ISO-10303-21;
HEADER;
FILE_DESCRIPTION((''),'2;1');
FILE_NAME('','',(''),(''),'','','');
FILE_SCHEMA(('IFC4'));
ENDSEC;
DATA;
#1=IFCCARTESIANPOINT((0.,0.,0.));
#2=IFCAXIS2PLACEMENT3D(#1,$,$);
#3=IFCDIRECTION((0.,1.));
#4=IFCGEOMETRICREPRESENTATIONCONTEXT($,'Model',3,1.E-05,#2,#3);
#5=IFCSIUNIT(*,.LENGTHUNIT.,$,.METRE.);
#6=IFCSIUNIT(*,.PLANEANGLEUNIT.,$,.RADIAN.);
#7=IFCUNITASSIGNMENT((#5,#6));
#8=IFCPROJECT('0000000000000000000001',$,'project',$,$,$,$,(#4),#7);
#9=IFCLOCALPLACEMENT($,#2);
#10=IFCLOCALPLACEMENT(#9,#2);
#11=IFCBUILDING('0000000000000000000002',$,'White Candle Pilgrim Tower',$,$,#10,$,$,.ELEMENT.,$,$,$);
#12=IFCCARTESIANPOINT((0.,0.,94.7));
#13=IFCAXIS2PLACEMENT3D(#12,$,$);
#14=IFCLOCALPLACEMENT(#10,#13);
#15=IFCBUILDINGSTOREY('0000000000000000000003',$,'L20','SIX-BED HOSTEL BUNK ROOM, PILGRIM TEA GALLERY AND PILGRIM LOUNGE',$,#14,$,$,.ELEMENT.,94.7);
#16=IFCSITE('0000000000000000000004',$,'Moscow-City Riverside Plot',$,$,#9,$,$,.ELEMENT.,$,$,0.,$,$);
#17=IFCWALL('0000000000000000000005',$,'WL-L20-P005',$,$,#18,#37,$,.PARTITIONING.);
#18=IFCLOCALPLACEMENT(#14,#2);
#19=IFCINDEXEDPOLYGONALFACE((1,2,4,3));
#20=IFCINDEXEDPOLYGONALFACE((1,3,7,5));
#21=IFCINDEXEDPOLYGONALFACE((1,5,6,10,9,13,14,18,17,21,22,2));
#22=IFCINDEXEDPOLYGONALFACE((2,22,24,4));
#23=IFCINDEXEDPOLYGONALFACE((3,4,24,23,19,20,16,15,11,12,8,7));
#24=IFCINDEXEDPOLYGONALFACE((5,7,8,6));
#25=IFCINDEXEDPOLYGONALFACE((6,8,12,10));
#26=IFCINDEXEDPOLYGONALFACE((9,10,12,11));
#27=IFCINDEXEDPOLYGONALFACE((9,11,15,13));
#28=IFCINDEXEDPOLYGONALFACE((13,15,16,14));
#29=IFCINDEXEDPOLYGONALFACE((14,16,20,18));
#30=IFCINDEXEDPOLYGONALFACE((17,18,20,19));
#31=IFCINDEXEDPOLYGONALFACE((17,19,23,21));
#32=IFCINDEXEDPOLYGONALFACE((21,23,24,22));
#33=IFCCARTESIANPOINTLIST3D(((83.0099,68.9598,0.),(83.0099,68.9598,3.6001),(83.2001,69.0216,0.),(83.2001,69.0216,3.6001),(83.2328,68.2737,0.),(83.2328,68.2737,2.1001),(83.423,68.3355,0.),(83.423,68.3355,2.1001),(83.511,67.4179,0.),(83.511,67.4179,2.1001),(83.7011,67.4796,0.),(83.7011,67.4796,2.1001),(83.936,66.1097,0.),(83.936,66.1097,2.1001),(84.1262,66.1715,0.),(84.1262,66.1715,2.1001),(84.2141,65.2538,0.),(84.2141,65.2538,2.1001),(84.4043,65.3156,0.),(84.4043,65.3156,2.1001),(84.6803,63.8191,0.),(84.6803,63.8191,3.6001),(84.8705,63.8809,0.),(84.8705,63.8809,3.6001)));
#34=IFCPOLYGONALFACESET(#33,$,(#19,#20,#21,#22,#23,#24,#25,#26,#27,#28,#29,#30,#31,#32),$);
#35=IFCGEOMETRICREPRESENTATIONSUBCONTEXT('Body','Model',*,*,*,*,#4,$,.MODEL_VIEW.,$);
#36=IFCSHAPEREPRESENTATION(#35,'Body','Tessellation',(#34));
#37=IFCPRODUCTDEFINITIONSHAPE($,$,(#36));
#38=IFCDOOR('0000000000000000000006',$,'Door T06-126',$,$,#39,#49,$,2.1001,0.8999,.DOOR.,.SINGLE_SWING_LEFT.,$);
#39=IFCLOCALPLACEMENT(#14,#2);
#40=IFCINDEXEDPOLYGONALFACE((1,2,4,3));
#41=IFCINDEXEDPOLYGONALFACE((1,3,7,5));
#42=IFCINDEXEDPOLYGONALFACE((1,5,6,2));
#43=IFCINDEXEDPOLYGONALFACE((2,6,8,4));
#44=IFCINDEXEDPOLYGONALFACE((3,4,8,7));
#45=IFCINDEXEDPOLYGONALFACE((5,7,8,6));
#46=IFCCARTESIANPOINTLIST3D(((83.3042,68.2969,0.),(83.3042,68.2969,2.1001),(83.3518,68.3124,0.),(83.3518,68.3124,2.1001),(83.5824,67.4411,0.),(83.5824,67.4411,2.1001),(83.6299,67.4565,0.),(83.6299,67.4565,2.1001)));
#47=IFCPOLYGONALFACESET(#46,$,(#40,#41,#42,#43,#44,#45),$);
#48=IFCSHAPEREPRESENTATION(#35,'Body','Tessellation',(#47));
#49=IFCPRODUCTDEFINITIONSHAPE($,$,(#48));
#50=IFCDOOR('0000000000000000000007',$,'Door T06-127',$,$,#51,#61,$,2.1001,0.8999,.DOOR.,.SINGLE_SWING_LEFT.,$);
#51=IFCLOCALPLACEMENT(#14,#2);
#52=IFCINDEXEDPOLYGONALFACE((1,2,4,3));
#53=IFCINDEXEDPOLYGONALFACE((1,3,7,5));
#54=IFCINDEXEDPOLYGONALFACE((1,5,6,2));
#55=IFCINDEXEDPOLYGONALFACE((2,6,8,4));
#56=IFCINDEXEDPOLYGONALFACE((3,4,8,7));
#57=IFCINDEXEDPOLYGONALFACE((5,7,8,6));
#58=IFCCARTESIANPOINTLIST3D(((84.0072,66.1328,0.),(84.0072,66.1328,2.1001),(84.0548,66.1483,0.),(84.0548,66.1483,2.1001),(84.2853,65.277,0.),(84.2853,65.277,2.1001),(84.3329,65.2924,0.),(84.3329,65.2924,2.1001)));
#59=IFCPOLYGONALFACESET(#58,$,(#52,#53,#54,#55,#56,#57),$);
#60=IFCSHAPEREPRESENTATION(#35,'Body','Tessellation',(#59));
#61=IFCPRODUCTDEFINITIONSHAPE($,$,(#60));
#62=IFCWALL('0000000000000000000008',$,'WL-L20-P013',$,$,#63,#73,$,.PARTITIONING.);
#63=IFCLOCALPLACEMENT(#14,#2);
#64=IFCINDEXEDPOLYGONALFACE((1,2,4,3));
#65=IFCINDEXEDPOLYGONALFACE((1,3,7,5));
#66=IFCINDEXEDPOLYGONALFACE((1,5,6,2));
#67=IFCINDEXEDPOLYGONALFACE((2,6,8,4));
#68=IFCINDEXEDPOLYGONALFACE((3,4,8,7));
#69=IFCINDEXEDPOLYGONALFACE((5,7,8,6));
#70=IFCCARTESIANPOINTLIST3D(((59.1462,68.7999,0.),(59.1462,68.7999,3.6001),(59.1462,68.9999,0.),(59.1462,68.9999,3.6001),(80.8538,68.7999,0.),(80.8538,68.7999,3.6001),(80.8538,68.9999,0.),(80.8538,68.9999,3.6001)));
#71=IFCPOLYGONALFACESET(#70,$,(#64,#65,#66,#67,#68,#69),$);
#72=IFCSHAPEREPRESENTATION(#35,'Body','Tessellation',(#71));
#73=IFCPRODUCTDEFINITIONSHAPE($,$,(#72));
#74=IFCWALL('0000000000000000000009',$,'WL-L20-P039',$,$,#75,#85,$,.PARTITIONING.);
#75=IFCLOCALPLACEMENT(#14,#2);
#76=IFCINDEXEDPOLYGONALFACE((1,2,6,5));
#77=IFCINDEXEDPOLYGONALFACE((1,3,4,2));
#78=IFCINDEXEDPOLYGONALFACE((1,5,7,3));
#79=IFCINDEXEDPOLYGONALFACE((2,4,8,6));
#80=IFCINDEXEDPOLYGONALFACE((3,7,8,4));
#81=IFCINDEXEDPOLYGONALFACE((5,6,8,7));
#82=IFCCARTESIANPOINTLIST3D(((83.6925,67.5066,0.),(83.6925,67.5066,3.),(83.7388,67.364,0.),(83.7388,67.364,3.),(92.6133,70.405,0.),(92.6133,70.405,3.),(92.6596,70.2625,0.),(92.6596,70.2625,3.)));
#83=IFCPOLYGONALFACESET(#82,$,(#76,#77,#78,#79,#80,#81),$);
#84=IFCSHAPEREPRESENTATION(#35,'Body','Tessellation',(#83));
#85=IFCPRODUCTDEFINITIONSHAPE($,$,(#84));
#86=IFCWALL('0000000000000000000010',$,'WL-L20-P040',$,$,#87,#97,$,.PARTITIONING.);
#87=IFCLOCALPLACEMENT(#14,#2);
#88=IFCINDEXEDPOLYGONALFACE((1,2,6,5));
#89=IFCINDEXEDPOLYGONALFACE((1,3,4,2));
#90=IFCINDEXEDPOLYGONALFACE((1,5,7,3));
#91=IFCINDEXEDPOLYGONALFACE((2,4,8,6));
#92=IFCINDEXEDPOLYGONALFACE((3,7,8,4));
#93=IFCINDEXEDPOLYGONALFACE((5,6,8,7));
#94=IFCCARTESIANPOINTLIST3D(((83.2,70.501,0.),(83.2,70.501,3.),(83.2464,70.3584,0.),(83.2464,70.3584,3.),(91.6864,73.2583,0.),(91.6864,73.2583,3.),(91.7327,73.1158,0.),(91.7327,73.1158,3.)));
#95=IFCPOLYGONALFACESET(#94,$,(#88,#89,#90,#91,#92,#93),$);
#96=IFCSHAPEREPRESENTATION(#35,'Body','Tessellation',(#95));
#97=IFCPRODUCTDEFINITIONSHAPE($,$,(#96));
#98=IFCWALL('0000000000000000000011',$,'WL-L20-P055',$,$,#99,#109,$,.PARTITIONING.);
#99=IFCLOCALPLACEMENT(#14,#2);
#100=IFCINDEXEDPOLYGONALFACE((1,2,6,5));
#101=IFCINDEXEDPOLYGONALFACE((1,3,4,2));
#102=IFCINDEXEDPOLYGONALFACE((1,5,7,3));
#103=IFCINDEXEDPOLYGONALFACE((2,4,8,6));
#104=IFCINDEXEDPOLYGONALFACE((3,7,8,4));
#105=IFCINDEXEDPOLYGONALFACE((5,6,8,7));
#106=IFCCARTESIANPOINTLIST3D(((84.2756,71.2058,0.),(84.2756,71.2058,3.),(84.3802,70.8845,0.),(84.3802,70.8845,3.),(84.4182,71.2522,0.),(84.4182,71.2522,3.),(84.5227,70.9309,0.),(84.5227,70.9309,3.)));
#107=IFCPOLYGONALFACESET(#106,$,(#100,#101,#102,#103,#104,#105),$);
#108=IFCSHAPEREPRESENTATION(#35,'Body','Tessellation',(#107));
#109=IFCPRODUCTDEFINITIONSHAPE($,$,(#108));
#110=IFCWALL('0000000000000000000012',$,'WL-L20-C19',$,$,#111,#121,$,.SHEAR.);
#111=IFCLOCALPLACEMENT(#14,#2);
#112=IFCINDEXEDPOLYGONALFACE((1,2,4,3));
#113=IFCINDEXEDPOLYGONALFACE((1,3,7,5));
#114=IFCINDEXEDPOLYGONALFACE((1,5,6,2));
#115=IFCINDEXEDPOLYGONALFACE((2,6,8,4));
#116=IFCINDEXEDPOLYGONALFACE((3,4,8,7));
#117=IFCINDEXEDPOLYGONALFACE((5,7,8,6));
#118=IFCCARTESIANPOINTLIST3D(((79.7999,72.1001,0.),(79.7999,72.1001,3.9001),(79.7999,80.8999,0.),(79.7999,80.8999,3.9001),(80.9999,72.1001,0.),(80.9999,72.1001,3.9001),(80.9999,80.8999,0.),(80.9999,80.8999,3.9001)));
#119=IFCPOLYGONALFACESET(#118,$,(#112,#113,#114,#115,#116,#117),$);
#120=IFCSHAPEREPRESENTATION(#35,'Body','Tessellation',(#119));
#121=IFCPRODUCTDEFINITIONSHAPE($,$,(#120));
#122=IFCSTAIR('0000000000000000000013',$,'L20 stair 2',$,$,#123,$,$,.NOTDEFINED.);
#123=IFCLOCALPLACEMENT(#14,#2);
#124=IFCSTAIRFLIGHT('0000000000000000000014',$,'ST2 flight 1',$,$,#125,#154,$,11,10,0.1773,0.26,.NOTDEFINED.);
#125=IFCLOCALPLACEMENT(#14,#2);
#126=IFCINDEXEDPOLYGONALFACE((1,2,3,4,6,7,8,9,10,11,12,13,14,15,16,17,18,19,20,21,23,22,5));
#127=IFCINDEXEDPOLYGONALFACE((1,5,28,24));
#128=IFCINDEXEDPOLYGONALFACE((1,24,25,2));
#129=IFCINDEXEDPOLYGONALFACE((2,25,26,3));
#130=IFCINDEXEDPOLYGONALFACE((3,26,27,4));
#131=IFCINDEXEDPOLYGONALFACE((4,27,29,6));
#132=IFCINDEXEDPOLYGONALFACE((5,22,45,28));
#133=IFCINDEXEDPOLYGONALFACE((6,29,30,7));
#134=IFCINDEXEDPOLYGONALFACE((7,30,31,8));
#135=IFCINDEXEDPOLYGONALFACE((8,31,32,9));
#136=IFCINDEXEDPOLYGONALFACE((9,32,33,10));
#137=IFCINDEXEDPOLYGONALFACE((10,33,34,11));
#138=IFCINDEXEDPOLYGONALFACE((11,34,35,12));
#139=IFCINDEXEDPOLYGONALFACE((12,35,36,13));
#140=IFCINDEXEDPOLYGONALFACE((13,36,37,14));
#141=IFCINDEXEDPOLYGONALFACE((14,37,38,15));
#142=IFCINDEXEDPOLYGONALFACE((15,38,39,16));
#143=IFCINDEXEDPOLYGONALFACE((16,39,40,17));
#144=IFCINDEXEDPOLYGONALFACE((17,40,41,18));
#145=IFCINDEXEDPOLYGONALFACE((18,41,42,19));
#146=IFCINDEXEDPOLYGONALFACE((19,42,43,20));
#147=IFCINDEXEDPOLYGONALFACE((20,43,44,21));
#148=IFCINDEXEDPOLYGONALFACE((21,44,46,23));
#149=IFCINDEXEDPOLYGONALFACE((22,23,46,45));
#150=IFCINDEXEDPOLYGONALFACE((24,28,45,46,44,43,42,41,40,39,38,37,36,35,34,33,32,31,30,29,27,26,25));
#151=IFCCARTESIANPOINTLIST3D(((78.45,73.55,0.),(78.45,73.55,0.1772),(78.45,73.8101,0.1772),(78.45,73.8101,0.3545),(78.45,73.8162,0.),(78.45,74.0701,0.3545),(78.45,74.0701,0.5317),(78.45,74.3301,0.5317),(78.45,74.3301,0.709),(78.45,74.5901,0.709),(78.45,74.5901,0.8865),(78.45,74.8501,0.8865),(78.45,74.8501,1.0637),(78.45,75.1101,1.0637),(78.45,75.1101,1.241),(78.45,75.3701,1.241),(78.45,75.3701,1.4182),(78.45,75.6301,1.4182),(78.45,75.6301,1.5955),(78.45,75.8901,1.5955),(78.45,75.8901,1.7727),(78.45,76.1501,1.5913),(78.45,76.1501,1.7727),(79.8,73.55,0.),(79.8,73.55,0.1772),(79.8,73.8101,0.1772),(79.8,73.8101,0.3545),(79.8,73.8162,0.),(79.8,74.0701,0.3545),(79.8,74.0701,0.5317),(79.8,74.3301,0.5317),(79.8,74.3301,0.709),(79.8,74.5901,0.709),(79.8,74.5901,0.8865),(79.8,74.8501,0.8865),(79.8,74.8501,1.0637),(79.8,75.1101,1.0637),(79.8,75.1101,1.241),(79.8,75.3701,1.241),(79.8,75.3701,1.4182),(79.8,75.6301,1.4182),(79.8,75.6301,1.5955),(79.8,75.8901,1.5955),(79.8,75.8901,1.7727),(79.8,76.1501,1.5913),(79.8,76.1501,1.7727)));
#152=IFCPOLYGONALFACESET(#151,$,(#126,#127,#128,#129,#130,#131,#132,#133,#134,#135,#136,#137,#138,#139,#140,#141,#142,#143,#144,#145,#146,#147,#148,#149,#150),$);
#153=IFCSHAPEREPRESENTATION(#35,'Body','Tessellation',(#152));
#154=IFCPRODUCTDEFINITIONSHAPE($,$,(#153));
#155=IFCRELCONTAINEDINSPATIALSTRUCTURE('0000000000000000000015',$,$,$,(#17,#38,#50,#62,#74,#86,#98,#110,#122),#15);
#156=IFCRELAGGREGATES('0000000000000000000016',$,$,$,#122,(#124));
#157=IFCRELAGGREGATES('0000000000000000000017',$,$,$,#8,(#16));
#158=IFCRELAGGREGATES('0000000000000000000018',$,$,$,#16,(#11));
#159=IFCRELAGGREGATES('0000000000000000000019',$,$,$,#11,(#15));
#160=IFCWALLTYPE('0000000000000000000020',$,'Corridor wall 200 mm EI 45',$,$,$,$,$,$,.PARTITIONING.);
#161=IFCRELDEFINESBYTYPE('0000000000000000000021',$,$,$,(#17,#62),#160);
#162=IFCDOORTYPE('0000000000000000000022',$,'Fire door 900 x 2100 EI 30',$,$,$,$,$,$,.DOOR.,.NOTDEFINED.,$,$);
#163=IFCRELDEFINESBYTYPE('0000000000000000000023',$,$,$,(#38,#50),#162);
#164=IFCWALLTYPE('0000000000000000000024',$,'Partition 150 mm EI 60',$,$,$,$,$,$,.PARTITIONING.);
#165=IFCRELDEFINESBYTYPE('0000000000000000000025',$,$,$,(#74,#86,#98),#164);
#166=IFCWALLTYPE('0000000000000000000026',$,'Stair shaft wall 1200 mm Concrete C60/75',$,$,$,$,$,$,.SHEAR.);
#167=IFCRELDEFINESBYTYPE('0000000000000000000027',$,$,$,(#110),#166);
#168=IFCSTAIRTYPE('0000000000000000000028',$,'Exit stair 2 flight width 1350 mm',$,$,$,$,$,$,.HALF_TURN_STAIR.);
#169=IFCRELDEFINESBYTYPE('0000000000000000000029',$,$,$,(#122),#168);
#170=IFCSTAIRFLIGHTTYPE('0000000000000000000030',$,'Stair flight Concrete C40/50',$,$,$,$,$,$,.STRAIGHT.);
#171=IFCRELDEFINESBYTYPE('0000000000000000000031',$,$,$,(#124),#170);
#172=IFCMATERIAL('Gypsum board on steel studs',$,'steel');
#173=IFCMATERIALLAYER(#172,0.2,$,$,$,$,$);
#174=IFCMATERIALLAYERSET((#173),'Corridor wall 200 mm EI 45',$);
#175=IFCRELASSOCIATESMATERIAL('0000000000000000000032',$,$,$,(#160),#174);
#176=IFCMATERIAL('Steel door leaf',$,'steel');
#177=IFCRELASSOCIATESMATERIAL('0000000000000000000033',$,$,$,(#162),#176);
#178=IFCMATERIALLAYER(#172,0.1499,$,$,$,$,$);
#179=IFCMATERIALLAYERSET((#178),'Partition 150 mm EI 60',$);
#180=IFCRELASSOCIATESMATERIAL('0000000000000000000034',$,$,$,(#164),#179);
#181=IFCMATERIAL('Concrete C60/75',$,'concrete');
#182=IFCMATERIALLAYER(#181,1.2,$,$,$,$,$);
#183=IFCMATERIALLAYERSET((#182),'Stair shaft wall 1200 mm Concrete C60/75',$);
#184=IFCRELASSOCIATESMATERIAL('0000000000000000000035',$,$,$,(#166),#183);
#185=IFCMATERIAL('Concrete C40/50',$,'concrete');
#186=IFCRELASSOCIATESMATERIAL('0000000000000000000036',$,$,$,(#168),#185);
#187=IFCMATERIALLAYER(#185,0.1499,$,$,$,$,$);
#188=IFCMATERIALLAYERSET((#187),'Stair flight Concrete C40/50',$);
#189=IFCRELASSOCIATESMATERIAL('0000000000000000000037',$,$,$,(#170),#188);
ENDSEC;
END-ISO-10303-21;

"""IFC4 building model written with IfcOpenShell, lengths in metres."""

from ifc_helpers import new_model, si_unit, direction, frame, frame_2d, origin, place, context, subcontext, project, spatial, polyline, rectangle, outline, extrude, material, layer, layer_set, type_object, element, fill, aggregate, save


model = new_model("IFC4")

# Units and contexts
model_context = context("Model", 3, precision=1e-05, world=origin(), true_north=direction((0.0, 1.0)))
body_context = subcontext(model_context, "Body", "Model", "MODEL_VIEW")
ifc_project = project(units=[si_unit("LENGTHUNIT", "METRE"), si_unit("PLANEANGLEUNIT", "RADIAN")], contexts=[model_context])

# Site, building, storey
site_placement = place(None, origin())
site = spatial("IfcSite", under=ifc_project, at=site_placement, Name="Moscow-City Riverside Plot", CompositionType="ELEMENT", RefElevation=0.0)
building_placement = place(site_placement, origin())
building = spatial("IfcBuilding", under=site, at=building_placement, Name="White Candle Pilgrim Tower", CompositionType="ELEMENT")
storey_placement = place(building_placement, frame((0.0, 0.0, 94.7)))
storey = spatial("IfcBuildingStorey", under=building, at=storey_placement, Name="L20", Description="SIX-BED HOSTEL BUNK ROOM, PILGRIM TEA GALLERY AND PILGRIM LOUNGE", CompositionType="ELEMENT", Elevation=94.7)

# Wall, openings, doors
ifc_material_1 = material(Name="Gypsum board on steel studs", Category="steel")
ifc_layer_1 = layer(ifc_material_1, 0.2)
ifc_layer_set_1 = layer_set([ifc_layer_1], Name="Corridor wall 200 mm EI 45")
wall_type_1 = type_object("IfcWallType", Name="Corridor wall 200 mm EI 45", PredefinedType="PARTITIONING", material=ifc_layer_set_1)
wall_1_placement = place(storey_placement, frame((83.105, 68.9907, 0.0), z_axis=(0.0, 0.0, 1.0), x_axis=(0.309037, -0.95105, 0.0)))
wall_1 = element("IfcWall", 1, at=wall_1_placement, inside=storey, type_object=wall_type_1, Name="WL-L20-P005", PredefinedType="PARTITIONING", context=body_context, shape_type="SweptSolid", body=[
    extrude(rectangle(XDim=5.4053, YDim=0.2, at=frame_2d((2.7026, 0.0))), origin(), (0.0, 0.0, 1.0), 3.6001),
])
opening_1_placement = place(wall_1_placement, frame((0.7214, 0.0, 0.0)))
opening_1 = element("IfcOpeningElement", 2, at=opening_1_placement, cuts=wall_1, PredefinedType="OPENING", context=body_context, shape_type="SweptSolid", body=[
    extrude(rectangle(XDim=0.8999, YDim=2.1001, at=frame_2d((0.45, 1.05))), frame((0.0, 0.1099, 0.0), z_axis=(0.0, -1.0, 0.0), x_axis=(1.0, 0.0, 0.0)), (0.0, 0.0, 1.0), 0.22),
])
opening_2_placement = place(wall_1_placement, frame((2.9968, 0.0, 0.0)))
opening_2 = element("IfcOpeningElement", 3, at=opening_2_placement, cuts=wall_1, PredefinedType="OPENING", context=body_context, shape_type="SweptSolid", body=[
    extrude(rectangle(XDim=0.8999, YDim=2.1001, at=frame_2d((0.45, 1.05))), frame((0.0, 0.1099, 0.0), z_axis=(0.0, -1.0, 0.0), x_axis=(1.0, 0.0, 0.0)), (0.0, 0.0, 1.0), 0.22),
])
ifc_material_2 = material(Name="Steel door leaf", Category="steel")
door_type = type_object("IfcDoorType", Name="Fire door 900 x 2100 EI 30", OperationType="NOTDEFINED", PredefinedType="DOOR", material=ifc_material_2)
door_1_placement = place(opening_1_placement, frame((0.8999, 0.0, 0.0), z_axis=(0.0, 0.0, 1.0), x_axis=(-1.0, 0.0, 0.0)))
door_1 = element("IfcDoor", 4, at=door_1_placement, inside=storey, type_object=door_type, Name="Door T06-126", OperationType="SINGLE_SWING_LEFT", OverallHeight=2.1001, OverallWidth=0.8999, PredefinedType="DOOR", context=body_context, shape_type="SweptSolid", body=[
    extrude(rectangle(XDim=0.8999, YDim=2.1001, at=frame_2d((0.45, 1.05))), frame((0.0, 0.0249, 0.0), z_axis=(0.0, -1.0, 0.0), x_axis=(1.0, 0.0, 0.0)), (0.0, 0.0, 1.0), 0.05),
])
fill(opening_1, door_1)
door_2_placement = place(opening_2_placement, origin())
door_2 = element("IfcDoor", 5, at=door_2_placement, inside=storey, type_object=door_type, Name="Door T06-127", OperationType="SINGLE_SWING_LEFT", OverallHeight=2.1001, OverallWidth=0.8999, PredefinedType="DOOR", context=body_context, shape_type="SweptSolid", body=[
    extrude(rectangle(XDim=0.8999, YDim=2.1001, at=frame_2d((0.45, 1.05))), frame((0.0, 0.0249, 0.0), z_axis=(0.0, -1.0, 0.0), x_axis=(1.0, 0.0, 0.0)), (0.0, 0.0, 1.0), 0.05),
])
fill(opening_2, door_2)

# Walls
wall_2_placement = place(storey_placement, frame((80.8538, 68.8999, 0.0), z_axis=(0.0, 0.0, 1.0), x_axis=(-1.0, 0.0, 0.0)))
element("IfcWall", 6, at=wall_2_placement, inside=storey, type_object=wall_type_1, Name="WL-L20-P013", PredefinedType="PARTITIONING", context=body_context, shape_type="SweptSolid", body=[
    extrude(rectangle(XDim=21.7075, YDim=0.2, at=frame_2d((10.8538, 0.0))), origin(), (0.0, 0.0, 1.0), 3.6001),
])
ifc_layer_2 = layer(ifc_material_1, 0.1499)
ifc_layer_set_2 = layer_set([ifc_layer_2], Name="Partition 150 mm EI 60")
wall_type_2 = type_object("IfcWallType", Name="Partition 150 mm EI 60", PredefinedType="PARTITIONING", material=ifc_layer_set_2)
wall_3_placement = place(storey_placement, frame((92.6365, 70.3337, 0.0), z_axis=(0.0, 0.0, 1.0), x_axis=(-0.951061, -0.309004, 0.0)))
element("IfcWall", 7, at=wall_3_placement, inside=storey, type_object=wall_type_2, Name="WL-L20-P039", PredefinedType="PARTITIONING", context=body_context, shape_type="SweptSolid", body=[
    extrude(rectangle(XDim=9.3799, YDim=0.1499, at=frame_2d((4.6899, 0.0))), origin(), (0.0, 0.0, 1.0), 3.0),
])
wall_4_placement = place(storey_placement, frame((91.7095, 73.187, 0.0), z_axis=(0.0, 0.0, 1.0), x_axis=(-0.951058, -0.309012, 0.0)))
element("IfcWall", 8, at=wall_4_placement, inside=storey, type_object=wall_type_2, Name="WL-L20-P040", PredefinedType="PARTITIONING", context=body_context, shape_type="SweptSolid", body=[
    extrude(rectangle(XDim=8.9231, YDim=0.1499, at=frame_2d((4.4614, 0.0))), origin(), (0.0, 0.0, 1.0), 3.0),
])
wall_5_placement = place(storey_placement, frame((84.3469, 71.229, 0.0), z_axis=(0.0, 0.0, 1.0), x_axis=(0.309282, -0.95097, 0.0)))
element("IfcWall", 9, at=wall_5_placement, inside=storey, type_object=wall_type_2, Name="WL-L20-P055", PredefinedType="PARTITIONING", context=body_context, shape_type="SweptSolid", body=[
    extrude(rectangle(XDim=0.3379, YDim=0.1499, at=frame_2d((0.1689, 0.0))), origin(), (0.0, 0.0, 1.0), 3.0),
])
ifc_material_3 = material(Name="Concrete C60/75", Category="concrete")
ifc_layer_3 = layer(ifc_material_3, 1.2)
ifc_layer_set_3 = layer_set([ifc_layer_3], Name="Stair shaft wall 1200 mm Concrete C60/75")
wall_type_3 = type_object("IfcWallType", Name="Stair shaft wall 1200 mm Concrete C60/75", PredefinedType="SHEAR", material=ifc_layer_set_3)
wall_6_placement = place(storey_placement, frame((80.3999, 72.1001, 0.0), z_axis=(0.0, 0.0, 1.0), x_axis=(0.0, 1.0, 0.0)))
element("IfcWall", 10, at=wall_6_placement, inside=storey, type_object=wall_type_3, Name="WL-L20-C19", PredefinedType="SHEAR", context=body_context, shape_type="SweptSolid", body=[
    extrude(rectangle(XDim=8.7998, YDim=1.2, at=frame_2d((4.3999, 0.0))), origin(), (0.0, 0.0, 1.0), 3.9001),
])

# Stair, stair flight
ifc_material_4 = material(Name="Concrete C40/50", Category="concrete")
stair_type = type_object("IfcStairType", Name="Exit stair 2 flight width 1350 mm", PredefinedType="HALF_TURN_STAIR", material=ifc_material_4)
stair_placement = place(storey_placement, origin())
stair = element("IfcStair", 11, at=stair_placement, inside=storey, type_object=stair_type, Name="L20 stair 2", PredefinedType="NOTDEFINED")
ifc_layer_4 = layer(ifc_material_4, 0.1499)
ifc_layer_set_4 = layer_set([ifc_layer_4], Name="Stair flight Concrete C40/50")
stair_flight_type = type_object("IfcStairFlightType", Name="Stair flight Concrete C40/50", PredefinedType="STRAIGHT", material=ifc_layer_set_4)
stair_flight_placement = place(storey_placement, frame((79.125, 73.55, 0.0), z_axis=(0.0, 0.0, 1.0), x_axis=(0.0, 1.0, 0.0)))
stair_flight = element("IfcStairFlight", 12, at=stair_flight_placement, type_object=stair_flight_type, Name="ST2 flight 1", NumberOfRisers=11, NumberOfTreads=10, PredefinedType="NOTDEFINED", RiserHeight=0.1773, TreadLength=0.26, context=body_context, shape_type="SweptSolid", body=[
    extrude(outline(polyline([(0.0, 0.0), (0.0, 0.1772), (0.26, 0.1772), (0.26, 0.3545), (0.52, 0.3545), (0.52, 0.5317), (0.78, 0.5317), (0.78, 0.709), (1.04, 0.709), (1.04, 0.8865), (1.3, 0.8865), (1.3, 1.0637), (1.5601, 1.0637), (1.5601, 1.241), (1.8201, 1.241), (1.8201, 1.4182), (2.0801, 1.4182), (2.0801, 1.5955), (2.3401, 1.5955), (2.3401, 1.7727), (2.6001, 1.7727), (2.6001, 1.95), (2.6001, 1.5913), (0.2661, 0.0), (0.0, 0.0)])), frame((0.0, 0.675, 0.0), z_axis=(0.0, -1.0, 0.0), x_axis=(1.0, 0.0, 0.0)), (0.0, 0.0, 1.0), 1.3501),
])
aggregate(stair, [stair_flight])

save(model, "model.ifc")
